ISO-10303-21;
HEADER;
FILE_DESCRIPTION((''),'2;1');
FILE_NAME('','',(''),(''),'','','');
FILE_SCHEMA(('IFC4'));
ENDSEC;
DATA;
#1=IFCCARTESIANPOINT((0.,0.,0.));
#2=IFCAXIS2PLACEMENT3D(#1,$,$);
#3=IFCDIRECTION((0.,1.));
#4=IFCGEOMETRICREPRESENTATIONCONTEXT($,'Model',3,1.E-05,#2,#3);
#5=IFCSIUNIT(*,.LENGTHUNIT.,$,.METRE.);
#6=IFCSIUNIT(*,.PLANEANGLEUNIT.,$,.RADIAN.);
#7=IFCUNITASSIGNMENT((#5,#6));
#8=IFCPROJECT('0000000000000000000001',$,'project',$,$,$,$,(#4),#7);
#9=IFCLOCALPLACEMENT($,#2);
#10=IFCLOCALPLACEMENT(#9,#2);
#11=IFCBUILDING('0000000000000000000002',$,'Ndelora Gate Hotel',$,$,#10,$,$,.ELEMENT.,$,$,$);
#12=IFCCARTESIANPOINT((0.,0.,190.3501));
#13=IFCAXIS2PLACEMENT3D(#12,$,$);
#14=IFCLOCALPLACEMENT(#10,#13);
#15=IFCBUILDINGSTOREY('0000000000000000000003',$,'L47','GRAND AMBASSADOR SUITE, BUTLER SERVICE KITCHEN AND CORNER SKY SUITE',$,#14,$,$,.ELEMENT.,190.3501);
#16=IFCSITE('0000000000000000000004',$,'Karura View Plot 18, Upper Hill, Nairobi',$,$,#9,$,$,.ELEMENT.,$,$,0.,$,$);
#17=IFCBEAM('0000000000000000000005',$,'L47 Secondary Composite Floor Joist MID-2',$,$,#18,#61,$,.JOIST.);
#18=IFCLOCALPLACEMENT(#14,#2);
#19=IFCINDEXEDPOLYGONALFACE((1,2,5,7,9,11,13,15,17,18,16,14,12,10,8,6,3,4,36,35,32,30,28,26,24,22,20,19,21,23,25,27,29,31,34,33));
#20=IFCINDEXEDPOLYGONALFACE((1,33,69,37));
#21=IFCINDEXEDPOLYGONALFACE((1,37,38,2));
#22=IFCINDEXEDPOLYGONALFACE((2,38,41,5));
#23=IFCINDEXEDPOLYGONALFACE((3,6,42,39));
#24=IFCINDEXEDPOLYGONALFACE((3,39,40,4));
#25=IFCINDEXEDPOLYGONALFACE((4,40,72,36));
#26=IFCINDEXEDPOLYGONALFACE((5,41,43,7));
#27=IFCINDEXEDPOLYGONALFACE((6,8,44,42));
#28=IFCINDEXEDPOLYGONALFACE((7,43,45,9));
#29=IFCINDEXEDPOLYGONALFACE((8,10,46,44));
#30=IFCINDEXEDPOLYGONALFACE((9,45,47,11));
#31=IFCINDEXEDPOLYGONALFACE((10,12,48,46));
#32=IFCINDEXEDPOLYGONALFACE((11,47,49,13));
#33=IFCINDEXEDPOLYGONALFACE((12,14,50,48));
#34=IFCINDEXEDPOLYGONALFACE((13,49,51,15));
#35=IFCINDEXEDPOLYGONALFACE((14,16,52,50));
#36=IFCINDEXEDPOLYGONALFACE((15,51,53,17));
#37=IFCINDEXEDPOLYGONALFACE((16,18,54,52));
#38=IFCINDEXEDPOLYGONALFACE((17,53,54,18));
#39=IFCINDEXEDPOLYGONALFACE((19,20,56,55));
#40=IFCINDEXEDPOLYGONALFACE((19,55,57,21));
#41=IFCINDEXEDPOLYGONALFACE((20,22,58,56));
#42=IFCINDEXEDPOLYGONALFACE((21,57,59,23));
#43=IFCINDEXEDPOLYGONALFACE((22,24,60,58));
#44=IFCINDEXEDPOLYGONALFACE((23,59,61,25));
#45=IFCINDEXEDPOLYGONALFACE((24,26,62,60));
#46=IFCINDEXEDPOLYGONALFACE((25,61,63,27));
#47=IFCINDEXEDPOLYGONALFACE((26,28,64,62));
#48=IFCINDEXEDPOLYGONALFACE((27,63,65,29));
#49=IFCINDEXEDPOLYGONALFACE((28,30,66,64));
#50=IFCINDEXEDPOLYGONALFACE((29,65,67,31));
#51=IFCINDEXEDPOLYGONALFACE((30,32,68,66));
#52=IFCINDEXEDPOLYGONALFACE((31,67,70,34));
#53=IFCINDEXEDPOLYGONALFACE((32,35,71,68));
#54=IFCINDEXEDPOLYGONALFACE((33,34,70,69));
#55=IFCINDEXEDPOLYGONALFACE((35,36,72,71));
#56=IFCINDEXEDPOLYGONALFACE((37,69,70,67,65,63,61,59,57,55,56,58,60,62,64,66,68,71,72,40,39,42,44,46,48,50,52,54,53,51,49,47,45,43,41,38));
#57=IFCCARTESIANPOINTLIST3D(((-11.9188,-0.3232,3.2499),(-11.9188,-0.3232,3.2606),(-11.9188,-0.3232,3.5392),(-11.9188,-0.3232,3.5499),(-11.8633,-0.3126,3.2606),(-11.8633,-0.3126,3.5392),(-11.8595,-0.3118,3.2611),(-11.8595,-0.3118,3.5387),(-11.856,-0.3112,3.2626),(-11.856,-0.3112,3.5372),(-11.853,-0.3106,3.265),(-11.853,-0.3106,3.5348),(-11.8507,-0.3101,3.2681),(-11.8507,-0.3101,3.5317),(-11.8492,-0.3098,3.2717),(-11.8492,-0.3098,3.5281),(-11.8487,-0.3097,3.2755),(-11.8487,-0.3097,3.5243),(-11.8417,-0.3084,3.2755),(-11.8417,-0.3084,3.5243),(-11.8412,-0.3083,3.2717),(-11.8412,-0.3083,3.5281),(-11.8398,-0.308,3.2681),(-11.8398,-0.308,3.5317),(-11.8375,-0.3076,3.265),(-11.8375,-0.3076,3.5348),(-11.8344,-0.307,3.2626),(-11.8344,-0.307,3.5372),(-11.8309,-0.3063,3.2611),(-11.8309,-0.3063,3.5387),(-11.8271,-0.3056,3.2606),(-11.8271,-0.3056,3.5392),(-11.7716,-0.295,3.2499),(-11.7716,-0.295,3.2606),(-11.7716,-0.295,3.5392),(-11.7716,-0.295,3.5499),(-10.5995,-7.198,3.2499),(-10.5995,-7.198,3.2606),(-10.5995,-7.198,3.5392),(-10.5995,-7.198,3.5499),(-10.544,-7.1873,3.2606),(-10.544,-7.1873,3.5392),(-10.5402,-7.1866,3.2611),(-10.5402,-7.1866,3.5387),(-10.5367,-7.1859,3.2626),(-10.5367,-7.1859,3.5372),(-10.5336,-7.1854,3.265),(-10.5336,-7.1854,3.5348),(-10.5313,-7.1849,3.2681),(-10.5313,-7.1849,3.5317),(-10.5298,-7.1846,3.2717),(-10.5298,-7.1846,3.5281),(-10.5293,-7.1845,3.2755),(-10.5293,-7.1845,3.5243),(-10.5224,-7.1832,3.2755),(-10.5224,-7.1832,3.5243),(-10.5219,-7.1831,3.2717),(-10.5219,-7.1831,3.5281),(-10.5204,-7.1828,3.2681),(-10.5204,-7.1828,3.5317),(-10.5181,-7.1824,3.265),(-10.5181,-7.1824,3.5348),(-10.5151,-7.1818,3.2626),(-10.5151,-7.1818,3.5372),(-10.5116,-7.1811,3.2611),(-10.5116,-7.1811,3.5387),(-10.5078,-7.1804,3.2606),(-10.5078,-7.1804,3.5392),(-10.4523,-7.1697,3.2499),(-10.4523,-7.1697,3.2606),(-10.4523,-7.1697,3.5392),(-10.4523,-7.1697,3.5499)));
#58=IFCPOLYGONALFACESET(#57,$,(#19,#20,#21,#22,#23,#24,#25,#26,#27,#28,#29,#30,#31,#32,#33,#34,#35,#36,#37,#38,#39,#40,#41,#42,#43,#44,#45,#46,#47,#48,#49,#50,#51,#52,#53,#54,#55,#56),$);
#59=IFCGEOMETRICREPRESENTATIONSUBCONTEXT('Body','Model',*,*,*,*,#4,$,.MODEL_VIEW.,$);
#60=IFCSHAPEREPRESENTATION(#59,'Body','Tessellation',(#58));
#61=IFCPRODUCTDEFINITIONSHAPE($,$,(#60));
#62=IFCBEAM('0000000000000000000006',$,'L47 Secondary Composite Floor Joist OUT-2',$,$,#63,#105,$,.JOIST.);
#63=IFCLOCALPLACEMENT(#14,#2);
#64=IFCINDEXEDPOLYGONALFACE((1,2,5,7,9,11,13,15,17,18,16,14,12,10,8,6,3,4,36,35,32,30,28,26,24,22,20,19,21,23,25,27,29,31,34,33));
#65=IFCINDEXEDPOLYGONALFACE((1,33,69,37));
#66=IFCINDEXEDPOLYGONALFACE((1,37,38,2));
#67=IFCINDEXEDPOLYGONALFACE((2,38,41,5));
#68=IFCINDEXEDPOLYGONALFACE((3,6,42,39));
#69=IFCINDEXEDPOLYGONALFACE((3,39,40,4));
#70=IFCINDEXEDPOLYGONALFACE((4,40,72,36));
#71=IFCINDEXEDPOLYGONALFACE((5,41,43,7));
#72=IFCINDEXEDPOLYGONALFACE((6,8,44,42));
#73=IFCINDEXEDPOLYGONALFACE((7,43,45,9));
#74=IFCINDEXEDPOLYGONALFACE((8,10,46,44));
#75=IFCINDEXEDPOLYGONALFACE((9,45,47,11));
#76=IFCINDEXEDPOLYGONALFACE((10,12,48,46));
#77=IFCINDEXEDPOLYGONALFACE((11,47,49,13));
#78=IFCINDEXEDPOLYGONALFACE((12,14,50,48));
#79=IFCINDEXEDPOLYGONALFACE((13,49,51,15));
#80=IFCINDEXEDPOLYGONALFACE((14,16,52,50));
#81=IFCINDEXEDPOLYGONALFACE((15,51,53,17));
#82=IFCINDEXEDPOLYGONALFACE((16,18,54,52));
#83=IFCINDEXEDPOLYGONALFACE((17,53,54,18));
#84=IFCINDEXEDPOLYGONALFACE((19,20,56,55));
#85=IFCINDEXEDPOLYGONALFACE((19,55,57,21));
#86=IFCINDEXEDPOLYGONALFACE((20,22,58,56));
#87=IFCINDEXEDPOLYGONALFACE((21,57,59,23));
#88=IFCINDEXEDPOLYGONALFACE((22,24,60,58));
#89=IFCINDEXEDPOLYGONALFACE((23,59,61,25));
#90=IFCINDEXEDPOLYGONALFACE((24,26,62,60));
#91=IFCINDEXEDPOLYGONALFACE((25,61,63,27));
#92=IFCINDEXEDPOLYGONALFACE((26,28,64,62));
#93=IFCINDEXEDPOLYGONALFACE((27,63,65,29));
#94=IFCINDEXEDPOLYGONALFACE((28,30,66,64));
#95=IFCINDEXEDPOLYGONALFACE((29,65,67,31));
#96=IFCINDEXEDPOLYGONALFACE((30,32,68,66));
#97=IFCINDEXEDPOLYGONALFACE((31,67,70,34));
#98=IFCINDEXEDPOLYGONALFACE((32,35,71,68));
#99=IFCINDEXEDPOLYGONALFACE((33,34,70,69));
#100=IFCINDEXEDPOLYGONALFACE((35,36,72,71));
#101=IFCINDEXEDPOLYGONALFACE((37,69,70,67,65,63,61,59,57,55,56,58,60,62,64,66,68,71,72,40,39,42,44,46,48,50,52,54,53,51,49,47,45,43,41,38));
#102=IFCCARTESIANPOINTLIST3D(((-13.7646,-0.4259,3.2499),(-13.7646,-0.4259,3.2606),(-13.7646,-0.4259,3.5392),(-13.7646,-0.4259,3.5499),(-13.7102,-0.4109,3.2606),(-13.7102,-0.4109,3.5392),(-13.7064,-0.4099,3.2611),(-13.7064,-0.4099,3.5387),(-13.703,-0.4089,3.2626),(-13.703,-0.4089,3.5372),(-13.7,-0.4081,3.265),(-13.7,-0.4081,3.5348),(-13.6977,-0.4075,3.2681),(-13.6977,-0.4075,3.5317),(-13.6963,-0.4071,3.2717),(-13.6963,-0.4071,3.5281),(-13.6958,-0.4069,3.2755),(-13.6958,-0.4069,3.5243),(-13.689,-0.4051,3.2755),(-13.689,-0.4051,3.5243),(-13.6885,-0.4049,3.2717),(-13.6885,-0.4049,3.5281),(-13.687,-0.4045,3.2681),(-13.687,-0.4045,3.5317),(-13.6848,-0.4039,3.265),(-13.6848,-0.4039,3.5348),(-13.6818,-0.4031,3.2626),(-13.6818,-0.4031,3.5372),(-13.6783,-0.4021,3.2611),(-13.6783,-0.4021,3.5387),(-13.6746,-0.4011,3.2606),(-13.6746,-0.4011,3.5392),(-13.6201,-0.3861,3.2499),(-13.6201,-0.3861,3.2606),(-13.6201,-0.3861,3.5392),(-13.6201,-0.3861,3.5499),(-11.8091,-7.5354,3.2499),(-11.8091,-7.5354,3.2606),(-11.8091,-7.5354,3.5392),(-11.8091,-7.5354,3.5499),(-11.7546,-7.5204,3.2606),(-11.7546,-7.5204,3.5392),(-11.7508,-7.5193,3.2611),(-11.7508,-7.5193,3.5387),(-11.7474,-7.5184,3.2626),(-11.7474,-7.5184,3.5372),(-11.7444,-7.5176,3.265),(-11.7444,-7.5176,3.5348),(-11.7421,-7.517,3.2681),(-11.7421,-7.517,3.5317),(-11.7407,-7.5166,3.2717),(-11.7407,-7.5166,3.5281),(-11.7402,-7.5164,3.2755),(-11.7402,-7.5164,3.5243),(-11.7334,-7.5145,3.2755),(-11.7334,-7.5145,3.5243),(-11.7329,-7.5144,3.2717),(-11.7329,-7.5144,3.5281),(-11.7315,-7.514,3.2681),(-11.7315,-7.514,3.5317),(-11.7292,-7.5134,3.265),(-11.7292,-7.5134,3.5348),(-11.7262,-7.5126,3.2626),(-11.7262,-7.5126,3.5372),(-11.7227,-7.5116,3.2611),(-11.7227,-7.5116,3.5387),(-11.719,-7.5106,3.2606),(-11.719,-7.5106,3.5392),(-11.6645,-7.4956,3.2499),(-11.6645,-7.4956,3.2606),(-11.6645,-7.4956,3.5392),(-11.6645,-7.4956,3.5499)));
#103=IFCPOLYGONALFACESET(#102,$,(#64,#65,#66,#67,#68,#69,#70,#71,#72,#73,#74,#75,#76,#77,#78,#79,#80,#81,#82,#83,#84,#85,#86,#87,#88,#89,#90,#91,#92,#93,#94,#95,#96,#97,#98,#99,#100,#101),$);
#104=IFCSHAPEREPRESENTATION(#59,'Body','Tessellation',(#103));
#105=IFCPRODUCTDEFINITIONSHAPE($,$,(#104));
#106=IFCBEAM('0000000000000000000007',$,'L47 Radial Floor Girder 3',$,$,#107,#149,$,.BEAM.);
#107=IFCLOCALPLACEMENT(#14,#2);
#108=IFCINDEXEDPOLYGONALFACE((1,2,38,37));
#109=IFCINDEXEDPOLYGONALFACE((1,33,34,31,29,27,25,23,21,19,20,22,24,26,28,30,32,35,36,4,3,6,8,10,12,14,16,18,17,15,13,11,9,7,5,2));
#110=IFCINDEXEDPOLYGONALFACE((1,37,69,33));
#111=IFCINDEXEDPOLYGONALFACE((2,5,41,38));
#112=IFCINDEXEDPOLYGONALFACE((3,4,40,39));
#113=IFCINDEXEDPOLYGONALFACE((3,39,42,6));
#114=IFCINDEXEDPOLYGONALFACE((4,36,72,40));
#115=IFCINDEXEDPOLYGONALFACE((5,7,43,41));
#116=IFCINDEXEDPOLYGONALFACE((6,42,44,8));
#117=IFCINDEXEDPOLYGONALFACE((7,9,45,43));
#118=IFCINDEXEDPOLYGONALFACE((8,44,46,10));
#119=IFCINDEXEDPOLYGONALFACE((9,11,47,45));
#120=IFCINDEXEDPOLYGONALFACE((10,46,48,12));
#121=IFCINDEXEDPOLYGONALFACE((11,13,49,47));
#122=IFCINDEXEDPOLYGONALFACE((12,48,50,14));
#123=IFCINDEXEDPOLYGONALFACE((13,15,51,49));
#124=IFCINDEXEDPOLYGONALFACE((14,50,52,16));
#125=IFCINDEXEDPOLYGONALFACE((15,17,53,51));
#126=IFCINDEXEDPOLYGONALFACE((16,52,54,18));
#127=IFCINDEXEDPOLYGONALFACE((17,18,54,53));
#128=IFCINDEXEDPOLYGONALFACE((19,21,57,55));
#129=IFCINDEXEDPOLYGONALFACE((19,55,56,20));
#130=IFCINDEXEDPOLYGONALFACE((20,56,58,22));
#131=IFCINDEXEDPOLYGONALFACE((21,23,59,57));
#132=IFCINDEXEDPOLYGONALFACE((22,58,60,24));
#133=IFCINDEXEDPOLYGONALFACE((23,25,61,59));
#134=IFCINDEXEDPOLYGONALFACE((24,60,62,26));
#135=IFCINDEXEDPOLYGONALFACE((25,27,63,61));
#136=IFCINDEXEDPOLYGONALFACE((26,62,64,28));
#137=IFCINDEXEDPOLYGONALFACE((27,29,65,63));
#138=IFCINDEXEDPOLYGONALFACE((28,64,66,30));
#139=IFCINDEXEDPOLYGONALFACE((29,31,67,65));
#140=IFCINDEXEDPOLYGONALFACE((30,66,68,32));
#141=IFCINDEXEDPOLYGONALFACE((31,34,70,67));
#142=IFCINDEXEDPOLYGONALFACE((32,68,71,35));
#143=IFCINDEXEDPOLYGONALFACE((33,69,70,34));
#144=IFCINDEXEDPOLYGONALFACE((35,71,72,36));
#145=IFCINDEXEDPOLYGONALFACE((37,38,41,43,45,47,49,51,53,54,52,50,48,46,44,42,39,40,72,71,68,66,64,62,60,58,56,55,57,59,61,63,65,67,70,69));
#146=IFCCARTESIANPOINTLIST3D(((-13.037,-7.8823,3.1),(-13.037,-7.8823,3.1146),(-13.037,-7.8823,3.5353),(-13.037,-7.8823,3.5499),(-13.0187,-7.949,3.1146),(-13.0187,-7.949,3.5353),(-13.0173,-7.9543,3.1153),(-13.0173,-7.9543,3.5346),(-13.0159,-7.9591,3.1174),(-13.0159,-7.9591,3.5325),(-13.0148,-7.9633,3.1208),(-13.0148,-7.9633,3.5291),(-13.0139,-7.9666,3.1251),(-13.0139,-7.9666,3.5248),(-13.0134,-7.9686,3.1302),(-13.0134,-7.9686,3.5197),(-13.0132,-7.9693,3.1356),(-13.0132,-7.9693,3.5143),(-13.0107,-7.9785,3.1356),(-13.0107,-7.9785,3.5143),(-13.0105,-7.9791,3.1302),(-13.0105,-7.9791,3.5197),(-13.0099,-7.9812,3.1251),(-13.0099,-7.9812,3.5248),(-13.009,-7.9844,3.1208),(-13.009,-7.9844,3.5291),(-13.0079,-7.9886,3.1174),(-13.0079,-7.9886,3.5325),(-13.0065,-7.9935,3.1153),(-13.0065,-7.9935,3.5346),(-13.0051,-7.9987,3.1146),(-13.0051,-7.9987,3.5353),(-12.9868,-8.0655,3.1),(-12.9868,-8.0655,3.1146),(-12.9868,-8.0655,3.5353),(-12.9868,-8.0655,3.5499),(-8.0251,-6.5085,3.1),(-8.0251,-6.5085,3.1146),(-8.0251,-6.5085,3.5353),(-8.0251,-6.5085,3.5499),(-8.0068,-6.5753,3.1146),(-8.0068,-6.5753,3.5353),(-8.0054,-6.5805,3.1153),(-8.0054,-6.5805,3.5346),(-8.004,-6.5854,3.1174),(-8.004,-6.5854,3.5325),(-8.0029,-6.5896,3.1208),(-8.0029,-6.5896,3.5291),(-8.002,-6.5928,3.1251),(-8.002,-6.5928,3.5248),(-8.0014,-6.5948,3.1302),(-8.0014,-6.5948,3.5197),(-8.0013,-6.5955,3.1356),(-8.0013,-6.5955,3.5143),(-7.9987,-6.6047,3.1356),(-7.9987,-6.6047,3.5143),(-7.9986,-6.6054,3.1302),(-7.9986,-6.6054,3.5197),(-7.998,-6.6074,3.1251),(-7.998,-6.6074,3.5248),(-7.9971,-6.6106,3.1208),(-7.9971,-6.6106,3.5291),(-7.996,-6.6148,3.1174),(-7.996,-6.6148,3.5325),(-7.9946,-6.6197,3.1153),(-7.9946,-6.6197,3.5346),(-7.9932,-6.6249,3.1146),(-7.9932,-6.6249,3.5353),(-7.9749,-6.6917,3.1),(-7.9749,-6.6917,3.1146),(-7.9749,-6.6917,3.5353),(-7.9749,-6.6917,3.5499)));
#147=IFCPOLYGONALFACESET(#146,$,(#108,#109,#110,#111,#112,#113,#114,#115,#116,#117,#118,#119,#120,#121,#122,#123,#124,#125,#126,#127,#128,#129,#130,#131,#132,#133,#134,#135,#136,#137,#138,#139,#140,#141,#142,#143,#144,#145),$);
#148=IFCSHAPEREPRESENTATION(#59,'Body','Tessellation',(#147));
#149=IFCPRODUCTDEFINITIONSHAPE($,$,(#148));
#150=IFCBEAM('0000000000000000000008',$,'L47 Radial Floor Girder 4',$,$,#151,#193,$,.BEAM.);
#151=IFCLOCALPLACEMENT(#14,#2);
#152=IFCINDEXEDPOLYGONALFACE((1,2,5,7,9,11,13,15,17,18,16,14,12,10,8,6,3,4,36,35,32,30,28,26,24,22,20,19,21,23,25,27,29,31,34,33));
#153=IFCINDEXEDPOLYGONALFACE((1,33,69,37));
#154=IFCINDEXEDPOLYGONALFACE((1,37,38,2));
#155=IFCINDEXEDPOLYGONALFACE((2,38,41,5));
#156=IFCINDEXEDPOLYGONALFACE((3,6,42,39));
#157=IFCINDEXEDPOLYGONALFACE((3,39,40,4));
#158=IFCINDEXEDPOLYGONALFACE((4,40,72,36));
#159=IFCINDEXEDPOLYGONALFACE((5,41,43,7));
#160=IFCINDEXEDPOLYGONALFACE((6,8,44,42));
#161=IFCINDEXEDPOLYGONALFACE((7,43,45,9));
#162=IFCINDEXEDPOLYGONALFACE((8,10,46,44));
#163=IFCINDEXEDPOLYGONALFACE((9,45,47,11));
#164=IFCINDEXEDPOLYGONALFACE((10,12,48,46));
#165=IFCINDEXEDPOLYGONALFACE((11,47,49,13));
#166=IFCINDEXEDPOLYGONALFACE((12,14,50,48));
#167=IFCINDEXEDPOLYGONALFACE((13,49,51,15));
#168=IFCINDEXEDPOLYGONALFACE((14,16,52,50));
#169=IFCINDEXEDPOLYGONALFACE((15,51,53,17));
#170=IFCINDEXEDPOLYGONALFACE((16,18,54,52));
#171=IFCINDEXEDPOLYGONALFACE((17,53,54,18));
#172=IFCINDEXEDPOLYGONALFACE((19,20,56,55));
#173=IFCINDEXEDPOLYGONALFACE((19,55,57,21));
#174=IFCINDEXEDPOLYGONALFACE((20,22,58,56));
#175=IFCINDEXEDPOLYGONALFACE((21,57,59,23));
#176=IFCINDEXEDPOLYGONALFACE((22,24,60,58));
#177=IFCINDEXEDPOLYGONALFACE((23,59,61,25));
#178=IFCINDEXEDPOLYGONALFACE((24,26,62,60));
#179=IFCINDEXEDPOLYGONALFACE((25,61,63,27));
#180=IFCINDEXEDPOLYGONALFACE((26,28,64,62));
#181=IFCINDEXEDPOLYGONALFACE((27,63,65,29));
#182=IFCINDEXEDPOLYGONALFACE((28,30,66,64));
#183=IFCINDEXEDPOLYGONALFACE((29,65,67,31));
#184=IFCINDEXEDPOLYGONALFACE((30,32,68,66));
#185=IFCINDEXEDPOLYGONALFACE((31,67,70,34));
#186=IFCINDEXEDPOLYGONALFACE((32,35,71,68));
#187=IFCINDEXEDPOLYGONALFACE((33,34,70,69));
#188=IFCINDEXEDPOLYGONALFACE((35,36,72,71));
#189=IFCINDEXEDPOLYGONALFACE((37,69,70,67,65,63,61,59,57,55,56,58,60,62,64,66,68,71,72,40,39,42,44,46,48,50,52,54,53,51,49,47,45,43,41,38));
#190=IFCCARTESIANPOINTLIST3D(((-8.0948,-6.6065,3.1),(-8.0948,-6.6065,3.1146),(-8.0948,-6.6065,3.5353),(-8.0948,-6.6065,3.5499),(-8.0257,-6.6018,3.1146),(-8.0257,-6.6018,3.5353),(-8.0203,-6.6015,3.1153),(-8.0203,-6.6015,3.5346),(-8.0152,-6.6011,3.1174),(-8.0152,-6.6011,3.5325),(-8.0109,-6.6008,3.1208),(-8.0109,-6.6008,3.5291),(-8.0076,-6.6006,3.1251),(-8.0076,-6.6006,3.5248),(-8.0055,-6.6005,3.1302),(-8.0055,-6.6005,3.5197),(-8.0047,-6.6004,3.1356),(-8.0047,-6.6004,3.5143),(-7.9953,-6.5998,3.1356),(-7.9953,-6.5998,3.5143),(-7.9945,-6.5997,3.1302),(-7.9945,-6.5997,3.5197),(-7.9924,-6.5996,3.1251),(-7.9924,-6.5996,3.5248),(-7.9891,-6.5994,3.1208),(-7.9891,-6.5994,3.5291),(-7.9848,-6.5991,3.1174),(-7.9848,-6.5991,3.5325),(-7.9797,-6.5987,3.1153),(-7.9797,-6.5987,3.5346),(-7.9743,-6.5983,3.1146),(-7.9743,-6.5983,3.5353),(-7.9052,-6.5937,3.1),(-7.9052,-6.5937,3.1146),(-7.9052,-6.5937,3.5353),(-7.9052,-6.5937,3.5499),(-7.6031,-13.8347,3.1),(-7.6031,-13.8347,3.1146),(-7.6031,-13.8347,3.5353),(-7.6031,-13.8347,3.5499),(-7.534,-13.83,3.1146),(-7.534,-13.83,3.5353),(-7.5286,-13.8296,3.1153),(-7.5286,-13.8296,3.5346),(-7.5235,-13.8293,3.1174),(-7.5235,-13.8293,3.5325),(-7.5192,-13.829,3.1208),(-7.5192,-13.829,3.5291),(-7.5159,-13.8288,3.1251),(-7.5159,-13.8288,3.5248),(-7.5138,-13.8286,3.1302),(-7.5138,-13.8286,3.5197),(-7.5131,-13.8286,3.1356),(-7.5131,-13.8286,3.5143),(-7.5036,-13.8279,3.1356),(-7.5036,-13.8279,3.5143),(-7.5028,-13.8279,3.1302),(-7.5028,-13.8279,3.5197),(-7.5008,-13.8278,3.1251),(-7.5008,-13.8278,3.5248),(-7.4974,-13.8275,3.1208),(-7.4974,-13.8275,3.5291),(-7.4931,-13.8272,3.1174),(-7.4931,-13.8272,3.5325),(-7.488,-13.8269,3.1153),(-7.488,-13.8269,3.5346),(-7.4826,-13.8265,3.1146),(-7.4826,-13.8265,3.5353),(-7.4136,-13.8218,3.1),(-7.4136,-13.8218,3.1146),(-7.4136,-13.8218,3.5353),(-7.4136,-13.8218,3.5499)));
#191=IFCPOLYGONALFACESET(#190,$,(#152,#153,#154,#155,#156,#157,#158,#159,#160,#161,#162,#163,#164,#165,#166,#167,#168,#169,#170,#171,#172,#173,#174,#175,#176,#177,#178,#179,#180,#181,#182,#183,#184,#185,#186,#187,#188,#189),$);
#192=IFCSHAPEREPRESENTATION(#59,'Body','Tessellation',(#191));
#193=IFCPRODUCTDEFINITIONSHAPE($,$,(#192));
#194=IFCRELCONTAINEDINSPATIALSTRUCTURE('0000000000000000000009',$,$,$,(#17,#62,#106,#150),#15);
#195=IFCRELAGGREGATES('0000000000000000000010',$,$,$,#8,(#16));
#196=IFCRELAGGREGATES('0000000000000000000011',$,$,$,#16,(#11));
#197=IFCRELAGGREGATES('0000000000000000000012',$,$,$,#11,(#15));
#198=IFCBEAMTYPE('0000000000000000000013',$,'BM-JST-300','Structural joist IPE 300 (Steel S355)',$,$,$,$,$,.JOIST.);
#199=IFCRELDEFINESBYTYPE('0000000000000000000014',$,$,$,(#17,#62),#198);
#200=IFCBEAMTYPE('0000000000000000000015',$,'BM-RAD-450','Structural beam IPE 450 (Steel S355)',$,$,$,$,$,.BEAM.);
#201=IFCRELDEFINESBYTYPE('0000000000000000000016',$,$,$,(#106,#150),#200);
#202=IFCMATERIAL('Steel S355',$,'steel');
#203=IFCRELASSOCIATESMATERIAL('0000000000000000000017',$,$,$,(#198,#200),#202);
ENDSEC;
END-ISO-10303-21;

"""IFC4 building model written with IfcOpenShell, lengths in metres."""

from ifc_helpers import new_model, si_unit, direction, frame, origin, origin_2d, place, context, subcontext, project, spatial, i_section, extrude, material, material_profile, profile_set, type_object, element, save


model = new_model("IFC4")

# Units and contexts
model_context = context("Model", 3, precision=1e-05, world=origin(), true_north=direction((0.0, 1.0)))
body_context = subcontext(model_context, "Body", "Model", "MODEL_VIEW")
ifc_project = project(units=[si_unit("LENGTHUNIT", "METRE"), si_unit("PLANEANGLEUNIT", "RADIAN")], contexts=[model_context])

# Site, building, storey
site_placement = place(None, origin())
site = spatial("IfcSite", under=ifc_project, at=site_placement, Name="Karura View Plot 18, Upper Hill, Nairobi", CompositionType="ELEMENT", RefElevation=0.0)
building_placement = place(site_placement, origin())
building = spatial("IfcBuilding", under=site, at=building_placement, Name="Ndelora Gate Hotel", CompositionType="ELEMENT")
storey_placement = place(building_placement, frame((0.0, 0.0, 190.3501)))
storey = spatial("IfcBuildingStorey", under=building, at=storey_placement, Name="L47", Description="GRAND AMBASSADOR SUITE, BUTLER SERVICE KITCHEN AND CORNER SKY SUITE", CompositionType="ELEMENT", Elevation=190.3501)

# Beams
ifc_material_1 = material(Name="Steel S355", Category="steel")
ifc_material_profile_1 = material_profile(ifc_material_1, i_section(OverallWidth=0.1499, OverallDepth=0.3, WebThickness=0.0071, FlangeThickness=0.0107, FilletRadius=0.0149, at=origin_2d()), Name="IPE 300")
ifc_profile_set_1 = profile_set([ifc_material_profile_1], Name="Steel S355")
beam_type_1 = type_object("IfcBeamType", Name="BM-JST-300", Description="Structural joist IPE 300 (Steel S355)", PredefinedType="JOIST", material=ifc_profile_set_1)
beam_1_placement = place(storey_placement, frame((-11.8452, -0.3091, 3.3999), z_axis=(0.188471, -0.982079, 0.0), x_axis=(0.982079, 0.188471, 0.0)))
element("IfcBeam", 1, at=beam_1_placement, inside=storey, type_object=beam_type_1, Name="L47 Secondary Composite Floor Joist MID-2", PredefinedType="JOIST", context=body_context, shape_type="SweptSolid", body=[
    extrude(i_section(OverallWidth=0.1499, OverallDepth=0.3, WebThickness=0.0071, FlangeThickness=0.0107, FilletRadius=0.0149, at=origin_2d()), origin(), (0.0, 0.0, 1.0), 7.0002),
])
beam_2_placement = place(storey_placement, frame((-13.6924, -0.406, 3.3999), z_axis=(0.265218, -0.964188, 0.0), x_axis=(0.964188, 0.265218, 0.0)))
element("IfcBeam", 2, at=beam_2_placement, inside=storey, type_object=beam_type_1, Name="L47 Secondary Composite Floor Joist OUT-2", PredefinedType="JOIST", context=body_context, shape_type="SweptSolid", body=[
    extrude(i_section(OverallWidth=0.1499, OverallDepth=0.3, WebThickness=0.0071, FlangeThickness=0.0107, FilletRadius=0.0149, at=origin_2d()), origin(), (0.0, 0.0, 1.0), 7.3735),
])
ifc_material_profile_2 = material_profile(ifc_material_1, i_section(OverallWidth=0.1899, OverallDepth=0.45, WebThickness=0.0095, FlangeThickness=0.0146, FilletRadius=0.021, at=origin_2d()), Name="IPE 450")
ifc_profile_set_2 = profile_set([ifc_material_profile_2], Name="Steel S355")
beam_type_2 = type_object("IfcBeamType", Name="BM-RAD-450", Description="Structural beam IPE 450 (Steel S355)", PredefinedType="BEAM", material=ifc_profile_set_2)
beam_3_placement = place(storey_placement, frame((-8.0, -6.6001, 3.325), z_axis=(-0.964427, -0.264349, 0.0), x_axis=(0.264349, -0.964427, 0.0)))
element("IfcBeam", 3, at=beam_3_placement, inside=storey, type_object=beam_type_2, Name="L47 Radial Floor Girder 3", PredefinedType="BEAM", context=body_context, shape_type="SweptSolid", body=[
    extrude(i_section(OverallWidth=0.1899, OverallDepth=0.45, WebThickness=0.0095, FlangeThickness=0.0146, FilletRadius=0.021, at=origin_2d()), origin(), (0.0, 0.0, 1.0), 5.1968),
])
beam_4_placement = place(storey_placement, frame((-8.0, -6.6001, 3.325), z_axis=(0.067868, -0.997694, 0.0), x_axis=(0.997694, 0.067868, 0.0)))
element("IfcBeam", 4, at=beam_4_placement, inside=storey, type_object=beam_type_2, Name="L47 Radial Floor Girder 4", PredefinedType="BEAM", context=body_context, shape_type="SweptSolid", body=[
    extrude(i_section(OverallWidth=0.1899, OverallDepth=0.45, WebThickness=0.0095, FlangeThickness=0.0146, FilletRadius=0.021, at=origin_2d()), origin(), (0.0, 0.0, 1.0), 7.2449),
])

save(model, "model.ifc")
